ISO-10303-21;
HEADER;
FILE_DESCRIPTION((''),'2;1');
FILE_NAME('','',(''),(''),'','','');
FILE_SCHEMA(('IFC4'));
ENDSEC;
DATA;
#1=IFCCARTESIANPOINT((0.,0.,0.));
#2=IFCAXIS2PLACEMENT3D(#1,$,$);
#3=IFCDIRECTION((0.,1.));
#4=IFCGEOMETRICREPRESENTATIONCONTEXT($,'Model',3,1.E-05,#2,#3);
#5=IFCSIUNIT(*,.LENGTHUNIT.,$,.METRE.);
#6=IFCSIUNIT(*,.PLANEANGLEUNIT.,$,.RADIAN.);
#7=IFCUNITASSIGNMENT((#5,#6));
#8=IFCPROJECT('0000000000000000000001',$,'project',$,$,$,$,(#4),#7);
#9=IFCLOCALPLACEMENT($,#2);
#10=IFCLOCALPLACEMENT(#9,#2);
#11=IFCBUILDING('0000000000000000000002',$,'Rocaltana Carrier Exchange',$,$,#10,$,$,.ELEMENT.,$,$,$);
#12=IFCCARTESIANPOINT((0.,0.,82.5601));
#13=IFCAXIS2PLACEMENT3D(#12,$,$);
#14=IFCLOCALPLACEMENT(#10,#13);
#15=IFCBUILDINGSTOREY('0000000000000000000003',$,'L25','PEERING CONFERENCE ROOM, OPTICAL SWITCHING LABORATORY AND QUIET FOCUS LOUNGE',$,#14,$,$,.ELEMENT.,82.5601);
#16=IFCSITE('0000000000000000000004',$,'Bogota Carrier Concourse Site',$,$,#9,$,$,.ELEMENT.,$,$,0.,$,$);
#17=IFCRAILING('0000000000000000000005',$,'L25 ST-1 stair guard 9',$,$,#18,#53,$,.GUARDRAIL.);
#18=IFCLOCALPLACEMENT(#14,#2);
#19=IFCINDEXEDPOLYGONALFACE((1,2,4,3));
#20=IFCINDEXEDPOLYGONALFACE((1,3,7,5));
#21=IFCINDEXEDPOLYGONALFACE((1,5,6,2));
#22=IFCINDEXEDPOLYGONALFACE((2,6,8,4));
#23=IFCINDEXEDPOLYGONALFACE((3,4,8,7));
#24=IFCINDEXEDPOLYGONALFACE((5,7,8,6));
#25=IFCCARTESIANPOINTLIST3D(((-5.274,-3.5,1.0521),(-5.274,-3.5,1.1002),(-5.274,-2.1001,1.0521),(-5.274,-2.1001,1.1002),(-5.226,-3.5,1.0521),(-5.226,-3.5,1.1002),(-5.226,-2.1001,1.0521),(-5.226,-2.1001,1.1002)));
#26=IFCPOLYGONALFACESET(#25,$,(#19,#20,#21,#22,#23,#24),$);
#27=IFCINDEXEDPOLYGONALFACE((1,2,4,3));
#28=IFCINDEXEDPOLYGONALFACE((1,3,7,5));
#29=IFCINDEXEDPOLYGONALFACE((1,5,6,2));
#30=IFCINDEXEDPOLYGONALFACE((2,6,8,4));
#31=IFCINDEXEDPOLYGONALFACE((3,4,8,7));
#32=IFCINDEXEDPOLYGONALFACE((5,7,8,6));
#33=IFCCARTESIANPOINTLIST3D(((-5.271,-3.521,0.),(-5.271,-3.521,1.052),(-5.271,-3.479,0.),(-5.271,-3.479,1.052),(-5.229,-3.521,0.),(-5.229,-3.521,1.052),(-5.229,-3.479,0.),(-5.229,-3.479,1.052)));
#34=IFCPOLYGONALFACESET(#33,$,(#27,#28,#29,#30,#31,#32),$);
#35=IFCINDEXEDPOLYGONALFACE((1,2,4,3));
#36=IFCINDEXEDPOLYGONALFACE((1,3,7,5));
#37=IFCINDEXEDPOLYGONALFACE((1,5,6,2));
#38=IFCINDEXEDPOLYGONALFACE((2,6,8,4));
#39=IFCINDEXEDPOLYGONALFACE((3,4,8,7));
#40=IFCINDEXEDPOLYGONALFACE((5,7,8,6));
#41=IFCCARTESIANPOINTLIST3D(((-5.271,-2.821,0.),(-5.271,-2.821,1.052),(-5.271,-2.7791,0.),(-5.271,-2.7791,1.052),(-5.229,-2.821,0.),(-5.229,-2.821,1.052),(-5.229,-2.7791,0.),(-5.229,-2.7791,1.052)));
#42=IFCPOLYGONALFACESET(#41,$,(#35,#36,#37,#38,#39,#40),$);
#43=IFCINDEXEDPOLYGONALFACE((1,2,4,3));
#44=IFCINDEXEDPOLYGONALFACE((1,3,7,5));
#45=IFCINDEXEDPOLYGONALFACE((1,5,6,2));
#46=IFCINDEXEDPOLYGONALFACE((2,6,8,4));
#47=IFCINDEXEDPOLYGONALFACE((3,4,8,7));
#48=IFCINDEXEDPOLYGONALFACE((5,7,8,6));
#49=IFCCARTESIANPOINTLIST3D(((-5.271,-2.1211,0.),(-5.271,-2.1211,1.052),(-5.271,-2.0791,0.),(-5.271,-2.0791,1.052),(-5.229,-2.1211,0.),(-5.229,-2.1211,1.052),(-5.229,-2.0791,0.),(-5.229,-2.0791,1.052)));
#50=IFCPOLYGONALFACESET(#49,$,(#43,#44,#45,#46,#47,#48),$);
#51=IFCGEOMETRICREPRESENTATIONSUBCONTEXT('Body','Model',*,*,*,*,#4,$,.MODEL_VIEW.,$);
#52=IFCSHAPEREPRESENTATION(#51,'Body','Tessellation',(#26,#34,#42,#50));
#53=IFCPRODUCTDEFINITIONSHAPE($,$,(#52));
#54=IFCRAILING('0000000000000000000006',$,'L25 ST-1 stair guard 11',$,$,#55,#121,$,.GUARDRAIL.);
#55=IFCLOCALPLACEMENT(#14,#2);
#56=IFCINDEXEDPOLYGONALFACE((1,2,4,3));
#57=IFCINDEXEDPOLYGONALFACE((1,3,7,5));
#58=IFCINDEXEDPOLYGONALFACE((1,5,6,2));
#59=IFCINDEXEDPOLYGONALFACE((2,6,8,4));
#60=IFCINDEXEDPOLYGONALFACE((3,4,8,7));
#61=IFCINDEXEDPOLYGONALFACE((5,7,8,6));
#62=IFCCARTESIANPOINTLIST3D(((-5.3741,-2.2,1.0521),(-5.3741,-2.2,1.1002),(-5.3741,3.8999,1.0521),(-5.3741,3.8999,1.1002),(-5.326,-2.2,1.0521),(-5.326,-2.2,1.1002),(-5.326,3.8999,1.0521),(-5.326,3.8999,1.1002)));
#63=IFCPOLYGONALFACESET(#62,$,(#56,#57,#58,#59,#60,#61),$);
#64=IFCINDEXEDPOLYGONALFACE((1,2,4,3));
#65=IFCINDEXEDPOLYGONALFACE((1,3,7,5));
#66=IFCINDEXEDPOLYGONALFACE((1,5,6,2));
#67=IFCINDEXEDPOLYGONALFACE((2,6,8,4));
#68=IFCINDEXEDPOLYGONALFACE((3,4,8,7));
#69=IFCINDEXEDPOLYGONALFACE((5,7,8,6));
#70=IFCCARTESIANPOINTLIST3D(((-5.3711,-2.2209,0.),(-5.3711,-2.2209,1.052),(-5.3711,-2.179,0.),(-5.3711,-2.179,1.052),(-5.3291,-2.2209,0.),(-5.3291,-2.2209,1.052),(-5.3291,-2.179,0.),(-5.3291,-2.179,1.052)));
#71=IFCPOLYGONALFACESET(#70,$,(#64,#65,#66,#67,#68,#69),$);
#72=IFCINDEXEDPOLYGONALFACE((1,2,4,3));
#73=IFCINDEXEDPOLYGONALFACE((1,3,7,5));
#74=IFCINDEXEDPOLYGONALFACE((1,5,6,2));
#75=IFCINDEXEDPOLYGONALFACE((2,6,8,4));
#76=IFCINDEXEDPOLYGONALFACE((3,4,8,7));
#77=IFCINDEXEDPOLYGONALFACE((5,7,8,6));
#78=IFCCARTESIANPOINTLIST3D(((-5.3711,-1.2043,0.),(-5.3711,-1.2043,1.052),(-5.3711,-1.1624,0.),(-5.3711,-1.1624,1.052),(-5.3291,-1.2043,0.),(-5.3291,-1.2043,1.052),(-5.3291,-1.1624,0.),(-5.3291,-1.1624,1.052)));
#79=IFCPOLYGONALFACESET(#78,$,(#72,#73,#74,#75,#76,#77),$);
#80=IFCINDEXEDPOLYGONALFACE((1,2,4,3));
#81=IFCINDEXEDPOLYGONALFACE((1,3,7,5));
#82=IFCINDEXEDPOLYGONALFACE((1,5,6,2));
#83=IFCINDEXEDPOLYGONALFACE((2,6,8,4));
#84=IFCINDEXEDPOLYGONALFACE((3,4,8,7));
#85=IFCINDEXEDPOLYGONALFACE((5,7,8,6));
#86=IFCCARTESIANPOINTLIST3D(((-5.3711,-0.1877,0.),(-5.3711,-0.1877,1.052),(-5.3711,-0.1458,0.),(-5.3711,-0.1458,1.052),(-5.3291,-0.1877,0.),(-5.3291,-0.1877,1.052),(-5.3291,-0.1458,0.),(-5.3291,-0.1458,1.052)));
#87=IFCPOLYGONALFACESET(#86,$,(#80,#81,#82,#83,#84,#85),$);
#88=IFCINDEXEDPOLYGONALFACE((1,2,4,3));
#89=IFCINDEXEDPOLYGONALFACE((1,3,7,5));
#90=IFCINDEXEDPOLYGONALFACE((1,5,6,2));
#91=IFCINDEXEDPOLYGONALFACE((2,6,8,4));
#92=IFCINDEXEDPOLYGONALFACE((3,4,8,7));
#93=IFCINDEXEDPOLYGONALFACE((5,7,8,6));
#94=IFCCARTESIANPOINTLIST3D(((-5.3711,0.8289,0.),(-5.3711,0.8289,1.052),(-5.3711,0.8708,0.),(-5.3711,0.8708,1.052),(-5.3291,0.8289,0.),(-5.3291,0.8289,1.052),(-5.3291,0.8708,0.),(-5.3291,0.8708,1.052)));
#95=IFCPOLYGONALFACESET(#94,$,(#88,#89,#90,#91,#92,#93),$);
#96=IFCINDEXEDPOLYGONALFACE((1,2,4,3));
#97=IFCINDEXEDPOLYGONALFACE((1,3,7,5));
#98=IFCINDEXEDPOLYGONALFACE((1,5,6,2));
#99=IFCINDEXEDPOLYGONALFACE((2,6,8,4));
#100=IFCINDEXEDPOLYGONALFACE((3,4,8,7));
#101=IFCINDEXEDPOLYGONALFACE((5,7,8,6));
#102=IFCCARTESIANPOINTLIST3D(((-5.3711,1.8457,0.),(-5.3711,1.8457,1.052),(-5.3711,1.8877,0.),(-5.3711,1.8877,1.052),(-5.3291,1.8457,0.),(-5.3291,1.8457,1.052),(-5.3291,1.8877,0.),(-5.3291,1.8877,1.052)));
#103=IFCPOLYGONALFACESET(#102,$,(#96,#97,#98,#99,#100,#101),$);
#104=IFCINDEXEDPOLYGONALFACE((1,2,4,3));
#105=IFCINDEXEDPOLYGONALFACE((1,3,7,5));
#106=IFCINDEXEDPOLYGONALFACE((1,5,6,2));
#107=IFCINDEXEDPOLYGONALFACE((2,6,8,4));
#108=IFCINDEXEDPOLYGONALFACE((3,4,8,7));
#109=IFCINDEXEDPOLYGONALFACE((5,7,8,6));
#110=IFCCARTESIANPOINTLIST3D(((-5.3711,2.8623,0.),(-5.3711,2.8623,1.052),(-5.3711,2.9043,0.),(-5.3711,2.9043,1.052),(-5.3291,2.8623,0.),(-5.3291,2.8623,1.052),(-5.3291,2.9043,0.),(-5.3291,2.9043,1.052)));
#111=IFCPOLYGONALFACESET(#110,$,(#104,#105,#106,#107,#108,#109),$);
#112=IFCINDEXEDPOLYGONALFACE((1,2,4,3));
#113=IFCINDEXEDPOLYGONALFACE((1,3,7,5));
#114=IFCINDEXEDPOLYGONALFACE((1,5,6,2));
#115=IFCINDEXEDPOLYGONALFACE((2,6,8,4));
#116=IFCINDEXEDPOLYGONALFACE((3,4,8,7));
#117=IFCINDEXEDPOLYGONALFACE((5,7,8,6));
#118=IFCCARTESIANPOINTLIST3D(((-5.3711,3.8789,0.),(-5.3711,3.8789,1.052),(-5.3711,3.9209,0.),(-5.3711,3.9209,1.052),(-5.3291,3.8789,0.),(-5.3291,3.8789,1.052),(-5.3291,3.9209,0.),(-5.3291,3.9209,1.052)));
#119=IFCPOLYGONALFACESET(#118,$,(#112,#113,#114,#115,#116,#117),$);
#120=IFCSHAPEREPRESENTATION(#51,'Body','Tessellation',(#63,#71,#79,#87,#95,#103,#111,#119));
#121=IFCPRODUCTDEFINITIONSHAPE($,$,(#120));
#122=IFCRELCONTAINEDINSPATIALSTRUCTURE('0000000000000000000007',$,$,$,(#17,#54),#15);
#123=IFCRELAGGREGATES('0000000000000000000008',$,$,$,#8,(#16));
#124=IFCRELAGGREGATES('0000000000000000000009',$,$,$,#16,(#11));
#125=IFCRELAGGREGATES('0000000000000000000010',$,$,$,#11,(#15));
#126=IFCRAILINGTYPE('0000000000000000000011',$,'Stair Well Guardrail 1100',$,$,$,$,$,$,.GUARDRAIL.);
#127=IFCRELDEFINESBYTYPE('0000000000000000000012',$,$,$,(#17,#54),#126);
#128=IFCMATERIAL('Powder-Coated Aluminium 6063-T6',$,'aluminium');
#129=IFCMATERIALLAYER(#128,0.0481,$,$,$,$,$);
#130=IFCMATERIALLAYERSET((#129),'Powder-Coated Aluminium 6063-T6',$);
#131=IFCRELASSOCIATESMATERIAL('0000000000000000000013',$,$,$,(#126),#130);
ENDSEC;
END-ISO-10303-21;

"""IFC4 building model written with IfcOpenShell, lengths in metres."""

from ifc_helpers import new_model, si_unit, direction, frame, origin, origin_2d, place, context, subcontext, project, spatial, rectangle, extrude, material, layer, layer_set, type_object, element, save


model = new_model("IFC4")

# Units and contexts
model_context = context("Model", 3, precision=1e-05, world=origin(), true_north=direction((0.0, 1.0)))
body_context = subcontext(model_context, "Body", "Model", "MODEL_VIEW")
ifc_project = project(units=[si_unit("LENGTHUNIT", "METRE"), si_unit("PLANEANGLEUNIT", "RADIAN")], contexts=[model_context])

# Site, building, storey
site_placement = place(None, origin())
site = spatial("IfcSite", under=ifc_project, at=site_placement, Name="Bogota Carrier Concourse Site", CompositionType="ELEMENT", RefElevation=0.0)
building_placement = place(site_placement, origin())
building = spatial("IfcBuilding", under=site, at=building_placement, Name="Rocaltana Carrier Exchange", CompositionType="ELEMENT")
storey_placement = place(building_placement, frame((0.0, 0.0, 82.5601)))
storey = spatial("IfcBuildingStorey", under=building, at=storey_placement, Name="L25", Description="PEERING CONFERENCE ROOM, OPTICAL SWITCHING LABORATORY AND QUIET FOCUS LOUNGE", CompositionType="ELEMENT", Elevation=82.5601)

# Railings
ifc_material_1 = material(Name="Powder-Coated Aluminium 6063-T6", Category="aluminium")
ifc_layer_1 = layer(ifc_material_1, 0.0481)
ifc_layer_set_1 = layer_set([ifc_layer_1], Name="Powder-Coated Aluminium 6063-T6")
railing_type_1 = type_object("IfcRailingType", Name="Stair Well Guardrail 1100", PredefinedType="GUARDRAIL", material=ifc_layer_set_1)
for number, where, name in (
    (1, (-5.25, -3.5, 0.0), "L25 ST-1 stair guard 9"),
):
    element("IfcRailing", number, at=place(storey_placement, frame(where)), inside=storey, type_object=railing_type_1, Name=name, PredefinedType="GUARDRAIL", context=body_context, shape_type="SweptSolid", body=[
        extrude(rectangle(XDim=0.0481, YDim=0.0481, at=origin_2d()), frame((0.0, 0.0, 1.0762), z_axis=(0.0, 1.0, 0.0), x_axis=(-1.0, 0.0, 0.0)), (0.0, 0.0, 1.0), 1.3999),
        extrude(rectangle(XDim=0.042, YDim=0.042, at=origin_2d()), origin(), (0.0, 0.0, 1.0), 1.052),
        extrude(rectangle(XDim=0.042, YDim=0.042, at=origin_2d()), frame((0.0, 0.7, 0.0)), (0.0, 0.0, 1.0), 1.052),
        extrude(rectangle(XDim=0.042, YDim=0.042, at=origin_2d()), frame((0.0, 1.3999, 0.0)), (0.0, 0.0, 1.0), 1.052),
    ])
railing_1_placement = place(storey_placement, frame((-5.3501, -2.2, 0.0)))
element("IfcRailing", 2, at=railing_1_placement, inside=storey, type_object=railing_type_1, Name="L25 ST-1 stair guard 11", PredefinedType="GUARDRAIL", context=body_context, shape_type="SweptSolid", body=[
    extrude(rectangle(XDim=0.0481, YDim=0.0481, at=origin_2d()), frame((0.0, 0.0, 1.0762), z_axis=(0.0, 1.0, 0.0), x_axis=(-1.0, 0.0, 0.0)), (0.0, 0.0, 1.0), 6.0999),
    extrude(rectangle(XDim=0.042, YDim=0.042, at=origin_2d()), origin(), (0.0, 0.0, 1.0), 1.052),
    extrude(rectangle(XDim=0.042, YDim=0.042, at=origin_2d()), frame((0.0, 1.0166, 0.0)), (0.0, 0.0, 1.0), 1.052),
    extrude(rectangle(XDim=0.042, YDim=0.042, at=origin_2d()), frame((0.0, 2.0332, 0.0)), (0.0, 0.0, 1.0), 1.052),
    extrude(rectangle(XDim=0.042, YDim=0.042, at=origin_2d()), frame((0.0, 3.0498, 0.0)), (0.0, 0.0, 1.0), 1.052),
    extrude(rectangle(XDim=0.042, YDim=0.042, at=origin_2d()), frame((0.0, 4.0667, 0.0)), (0.0, 0.0, 1.0), 1.052),
    extrude(rectangle(XDim=0.042, YDim=0.042, at=origin_2d()), frame((0.0, 5.0833, 0.0)), (0.0, 0.0, 1.0), 1.052),
    extrude(rectangle(XDim=0.042, YDim=0.042, at=origin_2d()), frame((0.0, 6.0999, 0.0)), (0.0, 0.0, 1.0), 1.052),
])

save(model, "model.ifc")
